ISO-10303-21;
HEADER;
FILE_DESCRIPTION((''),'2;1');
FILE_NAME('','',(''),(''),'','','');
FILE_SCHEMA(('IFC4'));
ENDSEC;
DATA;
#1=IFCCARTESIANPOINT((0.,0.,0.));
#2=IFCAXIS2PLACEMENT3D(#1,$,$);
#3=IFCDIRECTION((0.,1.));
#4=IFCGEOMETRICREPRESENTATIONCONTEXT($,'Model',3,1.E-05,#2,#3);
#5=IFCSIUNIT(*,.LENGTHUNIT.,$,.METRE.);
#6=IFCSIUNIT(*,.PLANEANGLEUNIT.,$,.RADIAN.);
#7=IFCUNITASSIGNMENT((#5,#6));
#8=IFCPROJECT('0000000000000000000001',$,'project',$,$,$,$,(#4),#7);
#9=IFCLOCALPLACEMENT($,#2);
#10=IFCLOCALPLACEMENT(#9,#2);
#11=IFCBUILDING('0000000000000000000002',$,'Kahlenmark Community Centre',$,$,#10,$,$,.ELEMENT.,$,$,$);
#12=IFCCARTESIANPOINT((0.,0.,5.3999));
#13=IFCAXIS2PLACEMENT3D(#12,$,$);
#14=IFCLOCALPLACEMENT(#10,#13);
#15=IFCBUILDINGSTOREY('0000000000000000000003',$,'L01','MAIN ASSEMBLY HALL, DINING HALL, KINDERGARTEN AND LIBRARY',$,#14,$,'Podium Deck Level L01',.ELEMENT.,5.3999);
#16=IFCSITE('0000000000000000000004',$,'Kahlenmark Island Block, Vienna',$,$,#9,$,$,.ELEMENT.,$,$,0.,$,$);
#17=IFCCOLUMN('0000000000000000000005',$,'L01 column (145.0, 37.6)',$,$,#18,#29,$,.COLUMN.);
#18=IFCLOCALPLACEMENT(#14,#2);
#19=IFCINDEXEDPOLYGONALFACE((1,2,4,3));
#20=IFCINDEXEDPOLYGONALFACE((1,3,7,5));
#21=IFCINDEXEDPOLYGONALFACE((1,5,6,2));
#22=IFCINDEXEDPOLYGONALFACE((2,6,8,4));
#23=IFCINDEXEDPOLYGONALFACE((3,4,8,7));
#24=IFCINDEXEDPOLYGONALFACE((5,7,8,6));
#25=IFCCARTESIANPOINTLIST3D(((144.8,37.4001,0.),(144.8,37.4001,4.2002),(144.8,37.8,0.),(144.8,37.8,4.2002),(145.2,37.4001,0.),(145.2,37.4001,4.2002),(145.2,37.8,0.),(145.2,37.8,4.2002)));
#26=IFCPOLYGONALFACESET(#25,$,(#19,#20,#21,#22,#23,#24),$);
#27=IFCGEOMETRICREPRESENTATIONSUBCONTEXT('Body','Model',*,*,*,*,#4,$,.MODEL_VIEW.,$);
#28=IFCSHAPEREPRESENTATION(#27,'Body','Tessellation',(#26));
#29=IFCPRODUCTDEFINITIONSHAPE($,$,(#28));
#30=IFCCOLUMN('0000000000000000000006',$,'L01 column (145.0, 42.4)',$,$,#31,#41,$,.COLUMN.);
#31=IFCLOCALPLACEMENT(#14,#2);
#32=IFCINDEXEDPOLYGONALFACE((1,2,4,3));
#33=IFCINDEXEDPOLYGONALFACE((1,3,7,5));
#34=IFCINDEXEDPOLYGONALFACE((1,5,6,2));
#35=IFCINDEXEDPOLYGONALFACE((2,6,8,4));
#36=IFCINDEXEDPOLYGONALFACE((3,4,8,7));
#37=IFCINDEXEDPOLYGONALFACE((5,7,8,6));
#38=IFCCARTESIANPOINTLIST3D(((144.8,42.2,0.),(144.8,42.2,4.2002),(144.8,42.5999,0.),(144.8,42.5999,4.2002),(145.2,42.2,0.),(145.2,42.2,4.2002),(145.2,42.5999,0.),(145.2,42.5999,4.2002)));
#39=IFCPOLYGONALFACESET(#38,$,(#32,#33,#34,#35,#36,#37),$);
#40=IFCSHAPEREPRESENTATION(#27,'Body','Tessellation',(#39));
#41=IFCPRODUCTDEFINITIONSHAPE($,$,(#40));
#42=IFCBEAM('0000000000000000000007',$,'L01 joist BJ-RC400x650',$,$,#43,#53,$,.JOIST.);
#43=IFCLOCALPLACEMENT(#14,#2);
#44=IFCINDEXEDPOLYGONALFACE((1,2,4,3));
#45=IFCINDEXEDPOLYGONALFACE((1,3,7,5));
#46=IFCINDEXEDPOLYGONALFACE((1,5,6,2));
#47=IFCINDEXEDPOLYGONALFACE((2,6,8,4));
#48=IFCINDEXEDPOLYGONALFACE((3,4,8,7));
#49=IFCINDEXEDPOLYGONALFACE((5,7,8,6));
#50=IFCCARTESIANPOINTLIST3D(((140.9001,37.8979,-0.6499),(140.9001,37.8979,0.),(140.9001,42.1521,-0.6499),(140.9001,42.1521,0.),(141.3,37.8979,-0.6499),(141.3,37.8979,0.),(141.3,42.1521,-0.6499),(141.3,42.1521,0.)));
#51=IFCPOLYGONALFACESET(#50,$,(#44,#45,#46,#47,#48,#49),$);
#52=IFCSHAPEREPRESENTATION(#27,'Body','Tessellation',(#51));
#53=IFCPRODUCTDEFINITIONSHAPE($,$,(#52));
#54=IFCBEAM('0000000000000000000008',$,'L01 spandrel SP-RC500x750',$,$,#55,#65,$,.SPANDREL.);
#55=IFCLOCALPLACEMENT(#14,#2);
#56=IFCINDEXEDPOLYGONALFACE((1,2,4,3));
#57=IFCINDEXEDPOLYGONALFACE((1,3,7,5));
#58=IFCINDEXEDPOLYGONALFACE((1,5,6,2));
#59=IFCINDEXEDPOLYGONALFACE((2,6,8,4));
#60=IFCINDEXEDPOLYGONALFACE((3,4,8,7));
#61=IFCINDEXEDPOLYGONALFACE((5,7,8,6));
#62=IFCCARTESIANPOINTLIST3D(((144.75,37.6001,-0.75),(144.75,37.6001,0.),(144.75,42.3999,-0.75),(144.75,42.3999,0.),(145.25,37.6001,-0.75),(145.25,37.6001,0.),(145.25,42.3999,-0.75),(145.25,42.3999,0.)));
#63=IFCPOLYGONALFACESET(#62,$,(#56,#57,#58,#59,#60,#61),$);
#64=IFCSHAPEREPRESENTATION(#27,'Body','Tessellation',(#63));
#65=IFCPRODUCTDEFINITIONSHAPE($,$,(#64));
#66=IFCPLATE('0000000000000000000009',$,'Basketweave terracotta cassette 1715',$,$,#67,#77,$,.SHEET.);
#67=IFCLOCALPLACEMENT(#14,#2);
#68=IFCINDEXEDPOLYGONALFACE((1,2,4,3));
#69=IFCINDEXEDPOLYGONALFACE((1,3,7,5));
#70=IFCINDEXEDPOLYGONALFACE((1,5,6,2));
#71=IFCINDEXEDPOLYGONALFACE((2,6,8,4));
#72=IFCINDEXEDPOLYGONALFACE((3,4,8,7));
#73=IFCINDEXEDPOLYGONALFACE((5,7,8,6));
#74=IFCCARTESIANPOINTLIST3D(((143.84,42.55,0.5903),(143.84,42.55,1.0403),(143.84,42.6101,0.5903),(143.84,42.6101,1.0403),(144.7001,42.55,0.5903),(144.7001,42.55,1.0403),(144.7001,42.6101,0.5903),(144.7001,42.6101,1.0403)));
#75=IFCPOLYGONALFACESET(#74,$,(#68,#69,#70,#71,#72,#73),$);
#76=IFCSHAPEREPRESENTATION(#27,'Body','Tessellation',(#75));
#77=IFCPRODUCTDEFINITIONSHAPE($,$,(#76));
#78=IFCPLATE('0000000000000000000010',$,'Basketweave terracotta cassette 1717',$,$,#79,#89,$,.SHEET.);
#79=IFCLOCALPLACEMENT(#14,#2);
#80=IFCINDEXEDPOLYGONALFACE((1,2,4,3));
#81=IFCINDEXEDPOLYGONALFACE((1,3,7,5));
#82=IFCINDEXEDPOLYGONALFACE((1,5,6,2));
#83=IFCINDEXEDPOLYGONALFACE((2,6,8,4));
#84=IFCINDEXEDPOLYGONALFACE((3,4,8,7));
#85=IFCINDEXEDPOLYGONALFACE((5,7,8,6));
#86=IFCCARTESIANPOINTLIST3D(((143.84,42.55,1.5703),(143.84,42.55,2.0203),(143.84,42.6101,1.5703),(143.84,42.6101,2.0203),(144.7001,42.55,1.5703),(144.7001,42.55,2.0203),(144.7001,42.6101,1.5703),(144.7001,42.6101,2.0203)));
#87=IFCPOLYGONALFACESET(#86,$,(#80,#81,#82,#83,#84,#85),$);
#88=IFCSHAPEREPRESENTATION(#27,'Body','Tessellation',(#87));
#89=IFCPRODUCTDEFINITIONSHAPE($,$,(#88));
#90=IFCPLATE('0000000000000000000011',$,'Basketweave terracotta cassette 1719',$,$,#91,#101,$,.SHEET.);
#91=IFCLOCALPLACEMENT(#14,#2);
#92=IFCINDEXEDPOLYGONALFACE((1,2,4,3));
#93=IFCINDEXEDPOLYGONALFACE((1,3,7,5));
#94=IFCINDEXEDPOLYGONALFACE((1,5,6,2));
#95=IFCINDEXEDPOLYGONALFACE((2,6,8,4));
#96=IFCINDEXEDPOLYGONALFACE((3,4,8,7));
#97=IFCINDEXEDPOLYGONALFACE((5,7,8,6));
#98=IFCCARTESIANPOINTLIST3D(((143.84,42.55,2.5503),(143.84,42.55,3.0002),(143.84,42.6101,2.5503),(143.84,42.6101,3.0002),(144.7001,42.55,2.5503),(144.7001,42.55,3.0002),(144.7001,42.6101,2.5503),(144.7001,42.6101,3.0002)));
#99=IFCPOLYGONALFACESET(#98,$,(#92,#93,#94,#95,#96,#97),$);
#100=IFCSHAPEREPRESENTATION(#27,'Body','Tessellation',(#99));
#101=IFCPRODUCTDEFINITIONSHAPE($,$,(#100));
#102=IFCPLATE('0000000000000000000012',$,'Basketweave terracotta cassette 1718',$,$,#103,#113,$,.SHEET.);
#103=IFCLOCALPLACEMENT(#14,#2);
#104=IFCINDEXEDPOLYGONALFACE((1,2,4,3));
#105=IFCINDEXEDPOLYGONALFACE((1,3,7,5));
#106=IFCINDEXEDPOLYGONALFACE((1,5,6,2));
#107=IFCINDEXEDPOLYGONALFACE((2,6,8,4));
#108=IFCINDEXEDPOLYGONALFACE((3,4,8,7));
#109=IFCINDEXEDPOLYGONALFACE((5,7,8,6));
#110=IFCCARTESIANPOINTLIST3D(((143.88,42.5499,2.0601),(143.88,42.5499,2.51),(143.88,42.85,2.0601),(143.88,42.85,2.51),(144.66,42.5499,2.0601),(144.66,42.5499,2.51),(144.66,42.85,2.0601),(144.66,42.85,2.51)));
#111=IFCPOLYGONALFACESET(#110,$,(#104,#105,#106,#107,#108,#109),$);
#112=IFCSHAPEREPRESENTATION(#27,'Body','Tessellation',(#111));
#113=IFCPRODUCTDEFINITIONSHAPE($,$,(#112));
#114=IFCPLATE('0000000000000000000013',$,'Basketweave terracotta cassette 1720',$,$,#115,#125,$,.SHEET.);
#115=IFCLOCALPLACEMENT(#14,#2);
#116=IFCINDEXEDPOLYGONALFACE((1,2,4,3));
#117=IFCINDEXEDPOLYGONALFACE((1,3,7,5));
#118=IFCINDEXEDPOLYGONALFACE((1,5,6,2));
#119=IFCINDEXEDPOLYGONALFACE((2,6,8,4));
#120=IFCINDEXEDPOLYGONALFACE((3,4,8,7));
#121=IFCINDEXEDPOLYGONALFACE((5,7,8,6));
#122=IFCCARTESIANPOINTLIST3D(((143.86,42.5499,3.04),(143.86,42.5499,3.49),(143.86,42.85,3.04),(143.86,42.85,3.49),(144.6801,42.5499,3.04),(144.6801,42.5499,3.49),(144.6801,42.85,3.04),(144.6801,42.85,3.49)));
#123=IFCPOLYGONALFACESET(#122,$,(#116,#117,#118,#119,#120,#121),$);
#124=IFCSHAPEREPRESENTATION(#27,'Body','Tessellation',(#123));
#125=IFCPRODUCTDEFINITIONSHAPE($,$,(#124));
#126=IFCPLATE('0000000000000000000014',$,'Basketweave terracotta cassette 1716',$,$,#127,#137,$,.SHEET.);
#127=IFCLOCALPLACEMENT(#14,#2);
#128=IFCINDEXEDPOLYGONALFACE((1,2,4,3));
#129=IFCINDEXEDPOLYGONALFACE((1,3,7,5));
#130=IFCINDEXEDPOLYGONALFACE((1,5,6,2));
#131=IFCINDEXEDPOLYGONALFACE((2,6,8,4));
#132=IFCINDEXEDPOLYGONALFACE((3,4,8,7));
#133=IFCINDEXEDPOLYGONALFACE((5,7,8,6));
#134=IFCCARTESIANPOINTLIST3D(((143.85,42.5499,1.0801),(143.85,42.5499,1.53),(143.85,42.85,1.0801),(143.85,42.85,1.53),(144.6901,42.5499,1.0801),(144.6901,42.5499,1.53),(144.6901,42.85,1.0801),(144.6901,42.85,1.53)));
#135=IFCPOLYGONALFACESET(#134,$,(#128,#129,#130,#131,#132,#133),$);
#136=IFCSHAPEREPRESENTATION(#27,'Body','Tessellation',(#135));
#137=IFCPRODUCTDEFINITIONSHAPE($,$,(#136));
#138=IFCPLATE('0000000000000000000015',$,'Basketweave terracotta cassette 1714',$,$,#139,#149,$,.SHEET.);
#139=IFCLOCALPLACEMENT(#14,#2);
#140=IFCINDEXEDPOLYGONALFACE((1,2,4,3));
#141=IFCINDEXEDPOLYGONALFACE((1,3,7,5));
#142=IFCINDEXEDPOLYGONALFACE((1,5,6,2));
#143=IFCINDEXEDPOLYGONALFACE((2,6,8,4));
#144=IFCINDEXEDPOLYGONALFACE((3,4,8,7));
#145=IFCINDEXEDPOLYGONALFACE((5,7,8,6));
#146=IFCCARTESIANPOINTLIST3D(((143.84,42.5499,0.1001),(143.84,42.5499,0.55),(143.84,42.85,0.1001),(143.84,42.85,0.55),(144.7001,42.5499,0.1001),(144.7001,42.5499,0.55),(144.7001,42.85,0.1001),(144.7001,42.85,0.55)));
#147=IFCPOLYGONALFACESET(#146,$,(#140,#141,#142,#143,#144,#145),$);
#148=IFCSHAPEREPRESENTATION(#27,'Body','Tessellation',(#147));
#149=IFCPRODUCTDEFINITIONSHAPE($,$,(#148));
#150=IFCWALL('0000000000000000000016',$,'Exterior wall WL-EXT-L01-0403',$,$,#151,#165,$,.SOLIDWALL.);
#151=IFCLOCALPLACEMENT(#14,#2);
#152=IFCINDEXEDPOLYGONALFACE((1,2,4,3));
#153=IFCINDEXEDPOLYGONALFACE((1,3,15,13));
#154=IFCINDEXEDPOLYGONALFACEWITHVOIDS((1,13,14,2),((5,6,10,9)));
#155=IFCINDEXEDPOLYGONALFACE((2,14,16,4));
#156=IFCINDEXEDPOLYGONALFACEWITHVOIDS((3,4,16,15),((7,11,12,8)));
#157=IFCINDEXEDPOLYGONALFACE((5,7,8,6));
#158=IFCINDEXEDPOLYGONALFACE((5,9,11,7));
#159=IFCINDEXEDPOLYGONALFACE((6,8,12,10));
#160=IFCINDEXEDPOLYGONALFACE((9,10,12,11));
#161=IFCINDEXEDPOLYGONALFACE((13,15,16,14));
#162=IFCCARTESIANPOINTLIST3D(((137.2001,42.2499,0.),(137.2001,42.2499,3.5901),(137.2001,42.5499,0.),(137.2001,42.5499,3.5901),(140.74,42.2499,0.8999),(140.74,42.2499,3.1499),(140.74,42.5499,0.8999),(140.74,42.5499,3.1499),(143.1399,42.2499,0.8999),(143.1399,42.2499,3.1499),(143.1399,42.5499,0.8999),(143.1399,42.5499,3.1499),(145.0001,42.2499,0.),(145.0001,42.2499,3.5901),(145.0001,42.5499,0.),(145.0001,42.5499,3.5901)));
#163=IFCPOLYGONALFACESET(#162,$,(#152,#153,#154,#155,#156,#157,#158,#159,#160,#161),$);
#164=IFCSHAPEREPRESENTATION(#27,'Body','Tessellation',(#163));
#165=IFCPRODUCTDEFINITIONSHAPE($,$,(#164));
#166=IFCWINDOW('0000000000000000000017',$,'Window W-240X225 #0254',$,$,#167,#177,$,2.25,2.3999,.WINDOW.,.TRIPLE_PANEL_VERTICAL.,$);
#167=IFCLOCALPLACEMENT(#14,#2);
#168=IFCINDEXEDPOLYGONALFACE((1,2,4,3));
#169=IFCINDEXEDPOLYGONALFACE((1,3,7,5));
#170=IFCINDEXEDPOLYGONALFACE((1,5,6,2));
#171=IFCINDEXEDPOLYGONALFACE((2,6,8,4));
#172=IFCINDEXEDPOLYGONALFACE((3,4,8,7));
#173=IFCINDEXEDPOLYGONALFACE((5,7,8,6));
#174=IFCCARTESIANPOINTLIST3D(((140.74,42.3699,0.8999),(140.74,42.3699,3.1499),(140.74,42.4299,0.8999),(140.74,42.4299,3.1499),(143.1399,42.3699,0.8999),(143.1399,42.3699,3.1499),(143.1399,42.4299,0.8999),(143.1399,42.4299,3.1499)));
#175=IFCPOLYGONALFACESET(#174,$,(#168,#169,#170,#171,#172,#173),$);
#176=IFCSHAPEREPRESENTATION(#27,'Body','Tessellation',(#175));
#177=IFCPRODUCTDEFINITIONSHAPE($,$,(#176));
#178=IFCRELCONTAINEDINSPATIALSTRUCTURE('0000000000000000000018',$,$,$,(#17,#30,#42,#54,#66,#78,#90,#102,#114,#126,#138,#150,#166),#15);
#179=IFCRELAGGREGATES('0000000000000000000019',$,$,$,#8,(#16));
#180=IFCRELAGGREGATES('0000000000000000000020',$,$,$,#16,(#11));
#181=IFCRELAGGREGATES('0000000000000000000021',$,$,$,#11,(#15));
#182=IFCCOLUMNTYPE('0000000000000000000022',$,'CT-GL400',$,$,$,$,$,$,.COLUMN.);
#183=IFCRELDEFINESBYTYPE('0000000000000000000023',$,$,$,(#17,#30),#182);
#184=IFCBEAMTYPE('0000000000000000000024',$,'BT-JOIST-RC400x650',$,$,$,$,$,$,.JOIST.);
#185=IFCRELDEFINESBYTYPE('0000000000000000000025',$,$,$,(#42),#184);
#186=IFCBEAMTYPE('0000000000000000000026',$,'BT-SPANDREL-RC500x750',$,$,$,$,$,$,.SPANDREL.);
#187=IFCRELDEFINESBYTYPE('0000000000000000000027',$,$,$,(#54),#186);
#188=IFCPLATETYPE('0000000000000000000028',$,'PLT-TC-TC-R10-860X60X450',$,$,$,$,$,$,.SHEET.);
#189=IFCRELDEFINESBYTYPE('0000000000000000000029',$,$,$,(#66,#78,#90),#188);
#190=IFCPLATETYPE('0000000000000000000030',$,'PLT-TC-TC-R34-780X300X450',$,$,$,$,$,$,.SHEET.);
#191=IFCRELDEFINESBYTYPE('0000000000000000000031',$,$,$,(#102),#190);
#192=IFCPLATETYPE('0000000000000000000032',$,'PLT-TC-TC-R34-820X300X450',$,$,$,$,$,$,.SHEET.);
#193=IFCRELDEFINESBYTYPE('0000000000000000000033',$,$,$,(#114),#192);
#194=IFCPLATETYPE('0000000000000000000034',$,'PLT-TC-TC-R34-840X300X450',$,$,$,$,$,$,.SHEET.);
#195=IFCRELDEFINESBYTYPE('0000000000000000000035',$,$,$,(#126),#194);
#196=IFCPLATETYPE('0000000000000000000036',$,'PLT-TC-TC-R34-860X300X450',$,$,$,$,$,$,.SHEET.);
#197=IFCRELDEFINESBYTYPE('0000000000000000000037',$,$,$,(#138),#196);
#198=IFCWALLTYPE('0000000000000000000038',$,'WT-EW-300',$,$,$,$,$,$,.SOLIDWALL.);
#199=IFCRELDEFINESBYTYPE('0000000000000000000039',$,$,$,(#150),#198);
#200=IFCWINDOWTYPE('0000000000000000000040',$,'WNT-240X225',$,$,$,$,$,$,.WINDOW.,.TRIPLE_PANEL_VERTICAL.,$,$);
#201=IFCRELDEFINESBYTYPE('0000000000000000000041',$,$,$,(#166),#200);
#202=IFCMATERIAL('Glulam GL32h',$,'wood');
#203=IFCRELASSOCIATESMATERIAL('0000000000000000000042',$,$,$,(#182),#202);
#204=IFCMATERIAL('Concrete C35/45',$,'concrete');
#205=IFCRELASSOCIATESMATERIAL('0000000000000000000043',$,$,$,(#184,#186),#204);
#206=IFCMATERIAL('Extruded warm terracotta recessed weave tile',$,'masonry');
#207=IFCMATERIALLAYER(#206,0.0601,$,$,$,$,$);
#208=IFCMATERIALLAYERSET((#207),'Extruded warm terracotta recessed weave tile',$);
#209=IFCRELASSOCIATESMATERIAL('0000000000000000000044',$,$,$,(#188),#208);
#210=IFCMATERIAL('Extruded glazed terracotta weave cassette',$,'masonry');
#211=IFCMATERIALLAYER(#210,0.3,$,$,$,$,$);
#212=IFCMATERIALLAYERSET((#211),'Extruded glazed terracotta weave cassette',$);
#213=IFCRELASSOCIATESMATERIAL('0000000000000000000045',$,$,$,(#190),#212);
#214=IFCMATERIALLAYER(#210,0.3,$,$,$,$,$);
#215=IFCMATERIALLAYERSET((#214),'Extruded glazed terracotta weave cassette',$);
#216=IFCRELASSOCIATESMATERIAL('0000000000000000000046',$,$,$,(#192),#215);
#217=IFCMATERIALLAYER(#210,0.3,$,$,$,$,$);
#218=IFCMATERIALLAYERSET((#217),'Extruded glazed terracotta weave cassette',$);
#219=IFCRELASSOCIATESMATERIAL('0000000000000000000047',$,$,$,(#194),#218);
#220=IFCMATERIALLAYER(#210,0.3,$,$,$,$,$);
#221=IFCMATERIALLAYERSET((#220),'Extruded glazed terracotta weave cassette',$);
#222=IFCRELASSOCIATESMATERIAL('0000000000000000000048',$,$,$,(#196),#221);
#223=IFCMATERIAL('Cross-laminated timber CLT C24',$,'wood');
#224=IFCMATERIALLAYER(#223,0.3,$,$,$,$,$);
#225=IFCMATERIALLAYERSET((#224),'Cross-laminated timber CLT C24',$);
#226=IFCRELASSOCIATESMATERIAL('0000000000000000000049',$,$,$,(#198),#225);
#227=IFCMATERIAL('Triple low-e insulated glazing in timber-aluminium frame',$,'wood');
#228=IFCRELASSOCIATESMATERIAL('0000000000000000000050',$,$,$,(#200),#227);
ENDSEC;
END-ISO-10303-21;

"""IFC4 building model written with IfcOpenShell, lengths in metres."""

from ifc_helpers import new_model, si_unit, direction, frame, frame_2d, origin, origin_2d, place, context, subcontext, project, spatial, rectangle, extrude, material, layer, layer_set, material_profile, profile_set, type_object, element, fill, save


model = new_model("IFC4")

# Units and contexts
model_context = context("Model", 3, precision=1e-05, world=origin(), true_north=direction((0.0, 1.0)))
body_context = subcontext(model_context, "Body", "Model", "MODEL_VIEW")
ifc_project = project(units=[si_unit("LENGTHUNIT", "METRE"), si_unit("PLANEANGLEUNIT", "RADIAN")], contexts=[model_context])

# Site, building, storey
site_placement = place(None, origin())
site = spatial("IfcSite", under=ifc_project, at=site_placement, Name="Kahlenmark Island Block, Vienna", CompositionType="ELEMENT", RefElevation=0.0)
building_placement = place(site_placement, origin())
building = spatial("IfcBuilding", under=site, at=building_placement, Name="Kahlenmark Community Centre", CompositionType="ELEMENT")
storey_placement = place(building_placement, frame((0.0, 0.0, 5.3999)))
storey = spatial("IfcBuildingStorey", under=building, at=storey_placement, Name="L01", Description="MAIN ASSEMBLY HALL, DINING HALL, KINDERGARTEN AND LIBRARY", LongName="Podium Deck Level L01", CompositionType="ELEMENT", Elevation=5.3999)

# Columns
ifc_material_1 = material(Name="Glulam GL32h", Category="wood")
ifc_material_profile_1 = material_profile(ifc_material_1, rectangle(XDim=0.3999, YDim=0.3999, at=origin_2d()), Name="GL32h 400x400")
ifc_profile_set_1 = profile_set([ifc_material_profile_1], Name="Glulam GL32h")
column_type = type_object("IfcColumnType", Name="CT-GL400", PredefinedType="COLUMN", material=ifc_profile_set_1)
for number, where, z_axis, x_axis, name in (
    (1, (145.0, 37.6001, 0.0), (0.0, 0.0, 1.0), (1.0, 0.0, 0.0), "L01 column (145.0, 37.6)"),
    (2, (145.0, 42.3999, 0.0), (0.0, 0.0, 1.0), (1.0, 0.0, 0.0), "L01 column (145.0, 42.4)"),
):
    element("IfcColumn", number, at=place(storey_placement, frame(where, z_axis=z_axis, x_axis=x_axis)), inside=storey, type_object=column_type, Name=name, PredefinedType="COLUMN", context=body_context, shape_type="SweptSolid", body=[
        extrude(rectangle(XDim=0.3999, YDim=0.3999, at=origin_2d()), origin(), (0.0, 0.0, 1.0), 4.2002),
    ])

# Beams
ifc_material_2 = material(Name="Concrete C35/45", Category="concrete")
ifc_material_profile_2 = material_profile(ifc_material_2, rectangle(XDim=0.3999, YDim=0.6499, at=origin_2d()), Name="RC 400x650")
ifc_profile_set_2 = profile_set([ifc_material_profile_2], Name="Concrete C35/45")
beam_type_1 = type_object("IfcBeamType", Name="BT-JOIST-RC400x650", PredefinedType="JOIST", material=ifc_profile_set_2)
beam_1_placement = place(storey_placement, frame((141.1001, 37.8979, -0.325), z_axis=(0.0, 1.0, 0.0), x_axis=(-1.0, 0.0, 0.0)))
element("IfcBeam", 3, at=beam_1_placement, inside=storey, type_object=beam_type_1, Name="L01 joist BJ-RC400x650", PredefinedType="JOIST", context=body_context, shape_type="SweptSolid", body=[
    extrude(rectangle(XDim=0.3999, YDim=0.6499, at=origin_2d()), origin(), (0.0, 0.0, 1.0), 4.2542),
])
ifc_material_profile_3 = material_profile(ifc_material_2, rectangle(XDim=0.5, YDim=0.75, at=origin_2d()), Name="RC 500x750")
ifc_profile_set_3 = profile_set([ifc_material_profile_3], Name="Concrete C35/45")
beam_type_2 = type_object("IfcBeamType", Name="BT-SPANDREL-RC500x750", PredefinedType="SPANDREL", material=ifc_profile_set_3)
beam_2_placement = place(storey_placement, frame((145.0, 37.6001, -0.375), z_axis=(0.0, 1.0, 0.0), x_axis=(-1.0, 0.0, 0.0)))
element("IfcBeam", 4, at=beam_2_placement, inside=storey, type_object=beam_type_2, Name="L01 spandrel SP-RC500x750", PredefinedType="SPANDREL", context=body_context, shape_type="SweptSolid", body=[
    extrude(rectangle(XDim=0.5, YDim=0.75, at=origin_2d()), origin(), (0.0, 0.0, 1.0), 4.7998),
])

# Plates
ifc_material_3 = material(Name="Extruded warm terracotta recessed weave tile", Category="masonry")
ifc_layer_1 = layer(ifc_material_3, 0.0601)
ifc_layer_set_1 = layer_set([ifc_layer_1], Name="Extruded warm terracotta recessed weave tile")
plate_type_1 = type_object("IfcPlateType", Name="PLT-TC-TC-R10-860X60X450", PredefinedType="SHEET", material=ifc_layer_set_1)
for number, where, z_axis, x_axis, name in (
    (5, (144.27, 42.5801, 0.5903), (0.0, 0.0, 1.0), (-1.0, 0.0, 0.0), "Basketweave terracotta cassette 1715"),
    (6, (144.27, 42.5801, 1.5703), (0.0, 0.0, 1.0), (-1.0, 0.0, 0.0), "Basketweave terracotta cassette 1717"),
    (7, (144.27, 42.5801, 2.5503), (0.0, 0.0, 1.0), (-1.0, 0.0, 0.0), "Basketweave terracotta cassette 1719"),
):
    element("IfcPlate", number, at=place(storey_placement, frame(where, z_axis=z_axis, x_axis=x_axis)), inside=storey, type_object=plate_type_1, Name=name, PredefinedType="SHEET", context=body_context, shape_type="SweptSolid", body=[
        extrude(rectangle(XDim=0.8601, YDim=0.0601, at=origin_2d()), origin(), (0.0, 0.0, 1.0), 0.45),
    ])
ifc_material_4 = material(Name="Extruded glazed terracotta weave cassette", Category="masonry")
ifc_layer_2 = layer(ifc_material_4, 0.3)
ifc_layer_set_2 = layer_set([ifc_layer_2], Name="Extruded glazed terracotta weave cassette")
plate_type_2 = type_object("IfcPlateType", Name="PLT-TC-TC-R34-780X300X450", PredefinedType="SHEET", material=ifc_layer_set_2)
plate_1_placement = place(storey_placement, frame((144.27, 42.7, 2.0601), z_axis=(0.0, 0.0, 1.0), x_axis=(-1.0, 0.0, 0.0)))
element("IfcPlate", 8, at=plate_1_placement, inside=storey, type_object=plate_type_2, Name="Basketweave terracotta cassette 1718", PredefinedType="SHEET", context=body_context, shape_type="SweptSolid", body=[
    extrude(rectangle(XDim=0.78, YDim=0.3, at=origin_2d()), origin(), (0.0, 0.0, 1.0), 0.45),
])
ifc_layer_3 = layer(ifc_material_4, 0.3)
ifc_layer_set_3 = layer_set([ifc_layer_3], Name="Extruded glazed terracotta weave cassette")
plate_type_3 = type_object("IfcPlateType", Name="PLT-TC-TC-R34-820X300X450", PredefinedType="SHEET", material=ifc_layer_set_3)
plate_2_placement = place(storey_placement, frame((144.27, 42.7, 3.04), z_axis=(0.0, 0.0, 1.0), x_axis=(-1.0, 0.0, 0.0)))
element("IfcPlate", 9, at=plate_2_placement, inside=storey, type_object=plate_type_3, Name="Basketweave terracotta cassette 1720", PredefinedType="SHEET", context=body_context, shape_type="SweptSolid", body=[
    extrude(rectangle(XDim=0.8201, YDim=0.3, at=origin_2d()), origin(), (0.0, 0.0, 1.0), 0.45),
])
ifc_layer_4 = layer(ifc_material_4, 0.3)
ifc_layer_set_4 = layer_set([ifc_layer_4], Name="Extruded glazed terracotta weave cassette")
plate_type_4 = type_object("IfcPlateType", Name="PLT-TC-TC-R34-840X300X450", PredefinedType="SHEET", material=ifc_layer_set_4)
plate_3_placement = place(storey_placement, frame((144.27, 42.7, 1.0801), z_axis=(0.0, 0.0, 1.0), x_axis=(-1.0, 0.0, 0.0)))
element("IfcPlate", 10, at=plate_3_placement, inside=storey, type_object=plate_type_4, Name="Basketweave terracotta cassette 1716", PredefinedType="SHEET", context=body_context, shape_type="SweptSolid", body=[
    extrude(rectangle(XDim=0.8401, YDim=0.3, at=origin_2d()), origin(), (0.0, 0.0, 1.0), 0.45),
])
ifc_layer_5 = layer(ifc_material_4, 0.3)
ifc_layer_set_5 = layer_set([ifc_layer_5], Name="Extruded glazed terracotta weave cassette")
plate_type_5 = type_object("IfcPlateType", Name="PLT-TC-TC-R34-860X300X450", PredefinedType="SHEET", material=ifc_layer_set_5)
plate_4_placement = place(storey_placement, frame((144.27, 42.7, 0.1001), z_axis=(0.0, 0.0, 1.0), x_axis=(-1.0, 0.0, 0.0)))
element("IfcPlate", 11, at=plate_4_placement, inside=storey, type_object=plate_type_5, Name="Basketweave terracotta cassette 1714", PredefinedType="SHEET", context=body_context, shape_type="SweptSolid", body=[
    extrude(rectangle(XDim=0.8601, YDim=0.3, at=origin_2d()), origin(), (0.0, 0.0, 1.0), 0.45),
])

# Wall, opening, window
ifc_material_5 = material(Name="Cross-laminated timber CLT C24", Category="wood")
ifc_layer_6 = layer(ifc_material_5, 0.3)
ifc_layer_set_6 = layer_set([ifc_layer_6], Name="Cross-laminated timber CLT C24")
wall_type = type_object("IfcWallType", Name="WT-EW-300", PredefinedType="SOLIDWALL", material=ifc_layer_set_6)
wall_1_placement = place(storey_placement, frame((145.0, 42.3999, 0.0), z_axis=(0.0, 0.0, 1.0), x_axis=(-1.0, 0.0, 0.0)))
wall_1 = element("IfcWall", 12, at=wall_1_placement, inside=storey, type_object=wall_type, Name="Exterior wall WL-EXT-L01-0403", PredefinedType="SOLIDWALL", context=body_context, shape_type="SweptSolid", body=[
    extrude(rectangle(XDim=7.8, YDim=0.3, at=frame_2d((3.8999, 0.0))), origin(), (0.0, 0.0, 1.0), 3.5901),
])
opening_1_placement = place(wall_1_placement, frame((1.8601, 0.0, 0.8999)))
opening_1 = element("IfcOpeningElement", 13, at=opening_1_placement, cuts=wall_1, PredefinedType="OPENING", context=body_context, shape_type="SweptSolid", body=[
    extrude(rectangle(XDim=2.3999, YDim=2.25, at=frame_2d((1.2, 1.125))), frame((0.0, 0.1599, 0.0), z_axis=(0.0, -1.0, 0.0), x_axis=(1.0, 0.0, 0.0)), (0.0, 0.0, 1.0), 0.3201),
])
ifc_material_6 = material(Name="Triple low-e insulated glazing in timber-aluminium frame", Category="wood")
window_type_1 = type_object("IfcWindowType", Name="WNT-240X225", PartitioningType="TRIPLE_PANEL_VERTICAL", PredefinedType="WINDOW", material=ifc_material_6)
window_1_placement = place(opening_1_placement, origin())
window_1 = element("IfcWindow", 14, at=window_1_placement, inside=storey, type_object=window_type_1, Name="Window W-240X225 #0254", OverallHeight=2.25, OverallWidth=2.3999, PartitioningType="TRIPLE_PANEL_VERTICAL", PredefinedType="WINDOW", context=body_context, shape_type="SweptSolid", body=[
    extrude(rectangle(XDim=2.3999, YDim=2.25, at=frame_2d((1.2, 1.125))), frame((0.0, 0.03, 0.0), z_axis=(0.0, -1.0, 0.0), x_axis=(1.0, 0.0, 0.0)), (0.0, 0.0, 1.0), 0.0601),
])
fill(opening_1, window_1)

save(model, "model.ifc")
